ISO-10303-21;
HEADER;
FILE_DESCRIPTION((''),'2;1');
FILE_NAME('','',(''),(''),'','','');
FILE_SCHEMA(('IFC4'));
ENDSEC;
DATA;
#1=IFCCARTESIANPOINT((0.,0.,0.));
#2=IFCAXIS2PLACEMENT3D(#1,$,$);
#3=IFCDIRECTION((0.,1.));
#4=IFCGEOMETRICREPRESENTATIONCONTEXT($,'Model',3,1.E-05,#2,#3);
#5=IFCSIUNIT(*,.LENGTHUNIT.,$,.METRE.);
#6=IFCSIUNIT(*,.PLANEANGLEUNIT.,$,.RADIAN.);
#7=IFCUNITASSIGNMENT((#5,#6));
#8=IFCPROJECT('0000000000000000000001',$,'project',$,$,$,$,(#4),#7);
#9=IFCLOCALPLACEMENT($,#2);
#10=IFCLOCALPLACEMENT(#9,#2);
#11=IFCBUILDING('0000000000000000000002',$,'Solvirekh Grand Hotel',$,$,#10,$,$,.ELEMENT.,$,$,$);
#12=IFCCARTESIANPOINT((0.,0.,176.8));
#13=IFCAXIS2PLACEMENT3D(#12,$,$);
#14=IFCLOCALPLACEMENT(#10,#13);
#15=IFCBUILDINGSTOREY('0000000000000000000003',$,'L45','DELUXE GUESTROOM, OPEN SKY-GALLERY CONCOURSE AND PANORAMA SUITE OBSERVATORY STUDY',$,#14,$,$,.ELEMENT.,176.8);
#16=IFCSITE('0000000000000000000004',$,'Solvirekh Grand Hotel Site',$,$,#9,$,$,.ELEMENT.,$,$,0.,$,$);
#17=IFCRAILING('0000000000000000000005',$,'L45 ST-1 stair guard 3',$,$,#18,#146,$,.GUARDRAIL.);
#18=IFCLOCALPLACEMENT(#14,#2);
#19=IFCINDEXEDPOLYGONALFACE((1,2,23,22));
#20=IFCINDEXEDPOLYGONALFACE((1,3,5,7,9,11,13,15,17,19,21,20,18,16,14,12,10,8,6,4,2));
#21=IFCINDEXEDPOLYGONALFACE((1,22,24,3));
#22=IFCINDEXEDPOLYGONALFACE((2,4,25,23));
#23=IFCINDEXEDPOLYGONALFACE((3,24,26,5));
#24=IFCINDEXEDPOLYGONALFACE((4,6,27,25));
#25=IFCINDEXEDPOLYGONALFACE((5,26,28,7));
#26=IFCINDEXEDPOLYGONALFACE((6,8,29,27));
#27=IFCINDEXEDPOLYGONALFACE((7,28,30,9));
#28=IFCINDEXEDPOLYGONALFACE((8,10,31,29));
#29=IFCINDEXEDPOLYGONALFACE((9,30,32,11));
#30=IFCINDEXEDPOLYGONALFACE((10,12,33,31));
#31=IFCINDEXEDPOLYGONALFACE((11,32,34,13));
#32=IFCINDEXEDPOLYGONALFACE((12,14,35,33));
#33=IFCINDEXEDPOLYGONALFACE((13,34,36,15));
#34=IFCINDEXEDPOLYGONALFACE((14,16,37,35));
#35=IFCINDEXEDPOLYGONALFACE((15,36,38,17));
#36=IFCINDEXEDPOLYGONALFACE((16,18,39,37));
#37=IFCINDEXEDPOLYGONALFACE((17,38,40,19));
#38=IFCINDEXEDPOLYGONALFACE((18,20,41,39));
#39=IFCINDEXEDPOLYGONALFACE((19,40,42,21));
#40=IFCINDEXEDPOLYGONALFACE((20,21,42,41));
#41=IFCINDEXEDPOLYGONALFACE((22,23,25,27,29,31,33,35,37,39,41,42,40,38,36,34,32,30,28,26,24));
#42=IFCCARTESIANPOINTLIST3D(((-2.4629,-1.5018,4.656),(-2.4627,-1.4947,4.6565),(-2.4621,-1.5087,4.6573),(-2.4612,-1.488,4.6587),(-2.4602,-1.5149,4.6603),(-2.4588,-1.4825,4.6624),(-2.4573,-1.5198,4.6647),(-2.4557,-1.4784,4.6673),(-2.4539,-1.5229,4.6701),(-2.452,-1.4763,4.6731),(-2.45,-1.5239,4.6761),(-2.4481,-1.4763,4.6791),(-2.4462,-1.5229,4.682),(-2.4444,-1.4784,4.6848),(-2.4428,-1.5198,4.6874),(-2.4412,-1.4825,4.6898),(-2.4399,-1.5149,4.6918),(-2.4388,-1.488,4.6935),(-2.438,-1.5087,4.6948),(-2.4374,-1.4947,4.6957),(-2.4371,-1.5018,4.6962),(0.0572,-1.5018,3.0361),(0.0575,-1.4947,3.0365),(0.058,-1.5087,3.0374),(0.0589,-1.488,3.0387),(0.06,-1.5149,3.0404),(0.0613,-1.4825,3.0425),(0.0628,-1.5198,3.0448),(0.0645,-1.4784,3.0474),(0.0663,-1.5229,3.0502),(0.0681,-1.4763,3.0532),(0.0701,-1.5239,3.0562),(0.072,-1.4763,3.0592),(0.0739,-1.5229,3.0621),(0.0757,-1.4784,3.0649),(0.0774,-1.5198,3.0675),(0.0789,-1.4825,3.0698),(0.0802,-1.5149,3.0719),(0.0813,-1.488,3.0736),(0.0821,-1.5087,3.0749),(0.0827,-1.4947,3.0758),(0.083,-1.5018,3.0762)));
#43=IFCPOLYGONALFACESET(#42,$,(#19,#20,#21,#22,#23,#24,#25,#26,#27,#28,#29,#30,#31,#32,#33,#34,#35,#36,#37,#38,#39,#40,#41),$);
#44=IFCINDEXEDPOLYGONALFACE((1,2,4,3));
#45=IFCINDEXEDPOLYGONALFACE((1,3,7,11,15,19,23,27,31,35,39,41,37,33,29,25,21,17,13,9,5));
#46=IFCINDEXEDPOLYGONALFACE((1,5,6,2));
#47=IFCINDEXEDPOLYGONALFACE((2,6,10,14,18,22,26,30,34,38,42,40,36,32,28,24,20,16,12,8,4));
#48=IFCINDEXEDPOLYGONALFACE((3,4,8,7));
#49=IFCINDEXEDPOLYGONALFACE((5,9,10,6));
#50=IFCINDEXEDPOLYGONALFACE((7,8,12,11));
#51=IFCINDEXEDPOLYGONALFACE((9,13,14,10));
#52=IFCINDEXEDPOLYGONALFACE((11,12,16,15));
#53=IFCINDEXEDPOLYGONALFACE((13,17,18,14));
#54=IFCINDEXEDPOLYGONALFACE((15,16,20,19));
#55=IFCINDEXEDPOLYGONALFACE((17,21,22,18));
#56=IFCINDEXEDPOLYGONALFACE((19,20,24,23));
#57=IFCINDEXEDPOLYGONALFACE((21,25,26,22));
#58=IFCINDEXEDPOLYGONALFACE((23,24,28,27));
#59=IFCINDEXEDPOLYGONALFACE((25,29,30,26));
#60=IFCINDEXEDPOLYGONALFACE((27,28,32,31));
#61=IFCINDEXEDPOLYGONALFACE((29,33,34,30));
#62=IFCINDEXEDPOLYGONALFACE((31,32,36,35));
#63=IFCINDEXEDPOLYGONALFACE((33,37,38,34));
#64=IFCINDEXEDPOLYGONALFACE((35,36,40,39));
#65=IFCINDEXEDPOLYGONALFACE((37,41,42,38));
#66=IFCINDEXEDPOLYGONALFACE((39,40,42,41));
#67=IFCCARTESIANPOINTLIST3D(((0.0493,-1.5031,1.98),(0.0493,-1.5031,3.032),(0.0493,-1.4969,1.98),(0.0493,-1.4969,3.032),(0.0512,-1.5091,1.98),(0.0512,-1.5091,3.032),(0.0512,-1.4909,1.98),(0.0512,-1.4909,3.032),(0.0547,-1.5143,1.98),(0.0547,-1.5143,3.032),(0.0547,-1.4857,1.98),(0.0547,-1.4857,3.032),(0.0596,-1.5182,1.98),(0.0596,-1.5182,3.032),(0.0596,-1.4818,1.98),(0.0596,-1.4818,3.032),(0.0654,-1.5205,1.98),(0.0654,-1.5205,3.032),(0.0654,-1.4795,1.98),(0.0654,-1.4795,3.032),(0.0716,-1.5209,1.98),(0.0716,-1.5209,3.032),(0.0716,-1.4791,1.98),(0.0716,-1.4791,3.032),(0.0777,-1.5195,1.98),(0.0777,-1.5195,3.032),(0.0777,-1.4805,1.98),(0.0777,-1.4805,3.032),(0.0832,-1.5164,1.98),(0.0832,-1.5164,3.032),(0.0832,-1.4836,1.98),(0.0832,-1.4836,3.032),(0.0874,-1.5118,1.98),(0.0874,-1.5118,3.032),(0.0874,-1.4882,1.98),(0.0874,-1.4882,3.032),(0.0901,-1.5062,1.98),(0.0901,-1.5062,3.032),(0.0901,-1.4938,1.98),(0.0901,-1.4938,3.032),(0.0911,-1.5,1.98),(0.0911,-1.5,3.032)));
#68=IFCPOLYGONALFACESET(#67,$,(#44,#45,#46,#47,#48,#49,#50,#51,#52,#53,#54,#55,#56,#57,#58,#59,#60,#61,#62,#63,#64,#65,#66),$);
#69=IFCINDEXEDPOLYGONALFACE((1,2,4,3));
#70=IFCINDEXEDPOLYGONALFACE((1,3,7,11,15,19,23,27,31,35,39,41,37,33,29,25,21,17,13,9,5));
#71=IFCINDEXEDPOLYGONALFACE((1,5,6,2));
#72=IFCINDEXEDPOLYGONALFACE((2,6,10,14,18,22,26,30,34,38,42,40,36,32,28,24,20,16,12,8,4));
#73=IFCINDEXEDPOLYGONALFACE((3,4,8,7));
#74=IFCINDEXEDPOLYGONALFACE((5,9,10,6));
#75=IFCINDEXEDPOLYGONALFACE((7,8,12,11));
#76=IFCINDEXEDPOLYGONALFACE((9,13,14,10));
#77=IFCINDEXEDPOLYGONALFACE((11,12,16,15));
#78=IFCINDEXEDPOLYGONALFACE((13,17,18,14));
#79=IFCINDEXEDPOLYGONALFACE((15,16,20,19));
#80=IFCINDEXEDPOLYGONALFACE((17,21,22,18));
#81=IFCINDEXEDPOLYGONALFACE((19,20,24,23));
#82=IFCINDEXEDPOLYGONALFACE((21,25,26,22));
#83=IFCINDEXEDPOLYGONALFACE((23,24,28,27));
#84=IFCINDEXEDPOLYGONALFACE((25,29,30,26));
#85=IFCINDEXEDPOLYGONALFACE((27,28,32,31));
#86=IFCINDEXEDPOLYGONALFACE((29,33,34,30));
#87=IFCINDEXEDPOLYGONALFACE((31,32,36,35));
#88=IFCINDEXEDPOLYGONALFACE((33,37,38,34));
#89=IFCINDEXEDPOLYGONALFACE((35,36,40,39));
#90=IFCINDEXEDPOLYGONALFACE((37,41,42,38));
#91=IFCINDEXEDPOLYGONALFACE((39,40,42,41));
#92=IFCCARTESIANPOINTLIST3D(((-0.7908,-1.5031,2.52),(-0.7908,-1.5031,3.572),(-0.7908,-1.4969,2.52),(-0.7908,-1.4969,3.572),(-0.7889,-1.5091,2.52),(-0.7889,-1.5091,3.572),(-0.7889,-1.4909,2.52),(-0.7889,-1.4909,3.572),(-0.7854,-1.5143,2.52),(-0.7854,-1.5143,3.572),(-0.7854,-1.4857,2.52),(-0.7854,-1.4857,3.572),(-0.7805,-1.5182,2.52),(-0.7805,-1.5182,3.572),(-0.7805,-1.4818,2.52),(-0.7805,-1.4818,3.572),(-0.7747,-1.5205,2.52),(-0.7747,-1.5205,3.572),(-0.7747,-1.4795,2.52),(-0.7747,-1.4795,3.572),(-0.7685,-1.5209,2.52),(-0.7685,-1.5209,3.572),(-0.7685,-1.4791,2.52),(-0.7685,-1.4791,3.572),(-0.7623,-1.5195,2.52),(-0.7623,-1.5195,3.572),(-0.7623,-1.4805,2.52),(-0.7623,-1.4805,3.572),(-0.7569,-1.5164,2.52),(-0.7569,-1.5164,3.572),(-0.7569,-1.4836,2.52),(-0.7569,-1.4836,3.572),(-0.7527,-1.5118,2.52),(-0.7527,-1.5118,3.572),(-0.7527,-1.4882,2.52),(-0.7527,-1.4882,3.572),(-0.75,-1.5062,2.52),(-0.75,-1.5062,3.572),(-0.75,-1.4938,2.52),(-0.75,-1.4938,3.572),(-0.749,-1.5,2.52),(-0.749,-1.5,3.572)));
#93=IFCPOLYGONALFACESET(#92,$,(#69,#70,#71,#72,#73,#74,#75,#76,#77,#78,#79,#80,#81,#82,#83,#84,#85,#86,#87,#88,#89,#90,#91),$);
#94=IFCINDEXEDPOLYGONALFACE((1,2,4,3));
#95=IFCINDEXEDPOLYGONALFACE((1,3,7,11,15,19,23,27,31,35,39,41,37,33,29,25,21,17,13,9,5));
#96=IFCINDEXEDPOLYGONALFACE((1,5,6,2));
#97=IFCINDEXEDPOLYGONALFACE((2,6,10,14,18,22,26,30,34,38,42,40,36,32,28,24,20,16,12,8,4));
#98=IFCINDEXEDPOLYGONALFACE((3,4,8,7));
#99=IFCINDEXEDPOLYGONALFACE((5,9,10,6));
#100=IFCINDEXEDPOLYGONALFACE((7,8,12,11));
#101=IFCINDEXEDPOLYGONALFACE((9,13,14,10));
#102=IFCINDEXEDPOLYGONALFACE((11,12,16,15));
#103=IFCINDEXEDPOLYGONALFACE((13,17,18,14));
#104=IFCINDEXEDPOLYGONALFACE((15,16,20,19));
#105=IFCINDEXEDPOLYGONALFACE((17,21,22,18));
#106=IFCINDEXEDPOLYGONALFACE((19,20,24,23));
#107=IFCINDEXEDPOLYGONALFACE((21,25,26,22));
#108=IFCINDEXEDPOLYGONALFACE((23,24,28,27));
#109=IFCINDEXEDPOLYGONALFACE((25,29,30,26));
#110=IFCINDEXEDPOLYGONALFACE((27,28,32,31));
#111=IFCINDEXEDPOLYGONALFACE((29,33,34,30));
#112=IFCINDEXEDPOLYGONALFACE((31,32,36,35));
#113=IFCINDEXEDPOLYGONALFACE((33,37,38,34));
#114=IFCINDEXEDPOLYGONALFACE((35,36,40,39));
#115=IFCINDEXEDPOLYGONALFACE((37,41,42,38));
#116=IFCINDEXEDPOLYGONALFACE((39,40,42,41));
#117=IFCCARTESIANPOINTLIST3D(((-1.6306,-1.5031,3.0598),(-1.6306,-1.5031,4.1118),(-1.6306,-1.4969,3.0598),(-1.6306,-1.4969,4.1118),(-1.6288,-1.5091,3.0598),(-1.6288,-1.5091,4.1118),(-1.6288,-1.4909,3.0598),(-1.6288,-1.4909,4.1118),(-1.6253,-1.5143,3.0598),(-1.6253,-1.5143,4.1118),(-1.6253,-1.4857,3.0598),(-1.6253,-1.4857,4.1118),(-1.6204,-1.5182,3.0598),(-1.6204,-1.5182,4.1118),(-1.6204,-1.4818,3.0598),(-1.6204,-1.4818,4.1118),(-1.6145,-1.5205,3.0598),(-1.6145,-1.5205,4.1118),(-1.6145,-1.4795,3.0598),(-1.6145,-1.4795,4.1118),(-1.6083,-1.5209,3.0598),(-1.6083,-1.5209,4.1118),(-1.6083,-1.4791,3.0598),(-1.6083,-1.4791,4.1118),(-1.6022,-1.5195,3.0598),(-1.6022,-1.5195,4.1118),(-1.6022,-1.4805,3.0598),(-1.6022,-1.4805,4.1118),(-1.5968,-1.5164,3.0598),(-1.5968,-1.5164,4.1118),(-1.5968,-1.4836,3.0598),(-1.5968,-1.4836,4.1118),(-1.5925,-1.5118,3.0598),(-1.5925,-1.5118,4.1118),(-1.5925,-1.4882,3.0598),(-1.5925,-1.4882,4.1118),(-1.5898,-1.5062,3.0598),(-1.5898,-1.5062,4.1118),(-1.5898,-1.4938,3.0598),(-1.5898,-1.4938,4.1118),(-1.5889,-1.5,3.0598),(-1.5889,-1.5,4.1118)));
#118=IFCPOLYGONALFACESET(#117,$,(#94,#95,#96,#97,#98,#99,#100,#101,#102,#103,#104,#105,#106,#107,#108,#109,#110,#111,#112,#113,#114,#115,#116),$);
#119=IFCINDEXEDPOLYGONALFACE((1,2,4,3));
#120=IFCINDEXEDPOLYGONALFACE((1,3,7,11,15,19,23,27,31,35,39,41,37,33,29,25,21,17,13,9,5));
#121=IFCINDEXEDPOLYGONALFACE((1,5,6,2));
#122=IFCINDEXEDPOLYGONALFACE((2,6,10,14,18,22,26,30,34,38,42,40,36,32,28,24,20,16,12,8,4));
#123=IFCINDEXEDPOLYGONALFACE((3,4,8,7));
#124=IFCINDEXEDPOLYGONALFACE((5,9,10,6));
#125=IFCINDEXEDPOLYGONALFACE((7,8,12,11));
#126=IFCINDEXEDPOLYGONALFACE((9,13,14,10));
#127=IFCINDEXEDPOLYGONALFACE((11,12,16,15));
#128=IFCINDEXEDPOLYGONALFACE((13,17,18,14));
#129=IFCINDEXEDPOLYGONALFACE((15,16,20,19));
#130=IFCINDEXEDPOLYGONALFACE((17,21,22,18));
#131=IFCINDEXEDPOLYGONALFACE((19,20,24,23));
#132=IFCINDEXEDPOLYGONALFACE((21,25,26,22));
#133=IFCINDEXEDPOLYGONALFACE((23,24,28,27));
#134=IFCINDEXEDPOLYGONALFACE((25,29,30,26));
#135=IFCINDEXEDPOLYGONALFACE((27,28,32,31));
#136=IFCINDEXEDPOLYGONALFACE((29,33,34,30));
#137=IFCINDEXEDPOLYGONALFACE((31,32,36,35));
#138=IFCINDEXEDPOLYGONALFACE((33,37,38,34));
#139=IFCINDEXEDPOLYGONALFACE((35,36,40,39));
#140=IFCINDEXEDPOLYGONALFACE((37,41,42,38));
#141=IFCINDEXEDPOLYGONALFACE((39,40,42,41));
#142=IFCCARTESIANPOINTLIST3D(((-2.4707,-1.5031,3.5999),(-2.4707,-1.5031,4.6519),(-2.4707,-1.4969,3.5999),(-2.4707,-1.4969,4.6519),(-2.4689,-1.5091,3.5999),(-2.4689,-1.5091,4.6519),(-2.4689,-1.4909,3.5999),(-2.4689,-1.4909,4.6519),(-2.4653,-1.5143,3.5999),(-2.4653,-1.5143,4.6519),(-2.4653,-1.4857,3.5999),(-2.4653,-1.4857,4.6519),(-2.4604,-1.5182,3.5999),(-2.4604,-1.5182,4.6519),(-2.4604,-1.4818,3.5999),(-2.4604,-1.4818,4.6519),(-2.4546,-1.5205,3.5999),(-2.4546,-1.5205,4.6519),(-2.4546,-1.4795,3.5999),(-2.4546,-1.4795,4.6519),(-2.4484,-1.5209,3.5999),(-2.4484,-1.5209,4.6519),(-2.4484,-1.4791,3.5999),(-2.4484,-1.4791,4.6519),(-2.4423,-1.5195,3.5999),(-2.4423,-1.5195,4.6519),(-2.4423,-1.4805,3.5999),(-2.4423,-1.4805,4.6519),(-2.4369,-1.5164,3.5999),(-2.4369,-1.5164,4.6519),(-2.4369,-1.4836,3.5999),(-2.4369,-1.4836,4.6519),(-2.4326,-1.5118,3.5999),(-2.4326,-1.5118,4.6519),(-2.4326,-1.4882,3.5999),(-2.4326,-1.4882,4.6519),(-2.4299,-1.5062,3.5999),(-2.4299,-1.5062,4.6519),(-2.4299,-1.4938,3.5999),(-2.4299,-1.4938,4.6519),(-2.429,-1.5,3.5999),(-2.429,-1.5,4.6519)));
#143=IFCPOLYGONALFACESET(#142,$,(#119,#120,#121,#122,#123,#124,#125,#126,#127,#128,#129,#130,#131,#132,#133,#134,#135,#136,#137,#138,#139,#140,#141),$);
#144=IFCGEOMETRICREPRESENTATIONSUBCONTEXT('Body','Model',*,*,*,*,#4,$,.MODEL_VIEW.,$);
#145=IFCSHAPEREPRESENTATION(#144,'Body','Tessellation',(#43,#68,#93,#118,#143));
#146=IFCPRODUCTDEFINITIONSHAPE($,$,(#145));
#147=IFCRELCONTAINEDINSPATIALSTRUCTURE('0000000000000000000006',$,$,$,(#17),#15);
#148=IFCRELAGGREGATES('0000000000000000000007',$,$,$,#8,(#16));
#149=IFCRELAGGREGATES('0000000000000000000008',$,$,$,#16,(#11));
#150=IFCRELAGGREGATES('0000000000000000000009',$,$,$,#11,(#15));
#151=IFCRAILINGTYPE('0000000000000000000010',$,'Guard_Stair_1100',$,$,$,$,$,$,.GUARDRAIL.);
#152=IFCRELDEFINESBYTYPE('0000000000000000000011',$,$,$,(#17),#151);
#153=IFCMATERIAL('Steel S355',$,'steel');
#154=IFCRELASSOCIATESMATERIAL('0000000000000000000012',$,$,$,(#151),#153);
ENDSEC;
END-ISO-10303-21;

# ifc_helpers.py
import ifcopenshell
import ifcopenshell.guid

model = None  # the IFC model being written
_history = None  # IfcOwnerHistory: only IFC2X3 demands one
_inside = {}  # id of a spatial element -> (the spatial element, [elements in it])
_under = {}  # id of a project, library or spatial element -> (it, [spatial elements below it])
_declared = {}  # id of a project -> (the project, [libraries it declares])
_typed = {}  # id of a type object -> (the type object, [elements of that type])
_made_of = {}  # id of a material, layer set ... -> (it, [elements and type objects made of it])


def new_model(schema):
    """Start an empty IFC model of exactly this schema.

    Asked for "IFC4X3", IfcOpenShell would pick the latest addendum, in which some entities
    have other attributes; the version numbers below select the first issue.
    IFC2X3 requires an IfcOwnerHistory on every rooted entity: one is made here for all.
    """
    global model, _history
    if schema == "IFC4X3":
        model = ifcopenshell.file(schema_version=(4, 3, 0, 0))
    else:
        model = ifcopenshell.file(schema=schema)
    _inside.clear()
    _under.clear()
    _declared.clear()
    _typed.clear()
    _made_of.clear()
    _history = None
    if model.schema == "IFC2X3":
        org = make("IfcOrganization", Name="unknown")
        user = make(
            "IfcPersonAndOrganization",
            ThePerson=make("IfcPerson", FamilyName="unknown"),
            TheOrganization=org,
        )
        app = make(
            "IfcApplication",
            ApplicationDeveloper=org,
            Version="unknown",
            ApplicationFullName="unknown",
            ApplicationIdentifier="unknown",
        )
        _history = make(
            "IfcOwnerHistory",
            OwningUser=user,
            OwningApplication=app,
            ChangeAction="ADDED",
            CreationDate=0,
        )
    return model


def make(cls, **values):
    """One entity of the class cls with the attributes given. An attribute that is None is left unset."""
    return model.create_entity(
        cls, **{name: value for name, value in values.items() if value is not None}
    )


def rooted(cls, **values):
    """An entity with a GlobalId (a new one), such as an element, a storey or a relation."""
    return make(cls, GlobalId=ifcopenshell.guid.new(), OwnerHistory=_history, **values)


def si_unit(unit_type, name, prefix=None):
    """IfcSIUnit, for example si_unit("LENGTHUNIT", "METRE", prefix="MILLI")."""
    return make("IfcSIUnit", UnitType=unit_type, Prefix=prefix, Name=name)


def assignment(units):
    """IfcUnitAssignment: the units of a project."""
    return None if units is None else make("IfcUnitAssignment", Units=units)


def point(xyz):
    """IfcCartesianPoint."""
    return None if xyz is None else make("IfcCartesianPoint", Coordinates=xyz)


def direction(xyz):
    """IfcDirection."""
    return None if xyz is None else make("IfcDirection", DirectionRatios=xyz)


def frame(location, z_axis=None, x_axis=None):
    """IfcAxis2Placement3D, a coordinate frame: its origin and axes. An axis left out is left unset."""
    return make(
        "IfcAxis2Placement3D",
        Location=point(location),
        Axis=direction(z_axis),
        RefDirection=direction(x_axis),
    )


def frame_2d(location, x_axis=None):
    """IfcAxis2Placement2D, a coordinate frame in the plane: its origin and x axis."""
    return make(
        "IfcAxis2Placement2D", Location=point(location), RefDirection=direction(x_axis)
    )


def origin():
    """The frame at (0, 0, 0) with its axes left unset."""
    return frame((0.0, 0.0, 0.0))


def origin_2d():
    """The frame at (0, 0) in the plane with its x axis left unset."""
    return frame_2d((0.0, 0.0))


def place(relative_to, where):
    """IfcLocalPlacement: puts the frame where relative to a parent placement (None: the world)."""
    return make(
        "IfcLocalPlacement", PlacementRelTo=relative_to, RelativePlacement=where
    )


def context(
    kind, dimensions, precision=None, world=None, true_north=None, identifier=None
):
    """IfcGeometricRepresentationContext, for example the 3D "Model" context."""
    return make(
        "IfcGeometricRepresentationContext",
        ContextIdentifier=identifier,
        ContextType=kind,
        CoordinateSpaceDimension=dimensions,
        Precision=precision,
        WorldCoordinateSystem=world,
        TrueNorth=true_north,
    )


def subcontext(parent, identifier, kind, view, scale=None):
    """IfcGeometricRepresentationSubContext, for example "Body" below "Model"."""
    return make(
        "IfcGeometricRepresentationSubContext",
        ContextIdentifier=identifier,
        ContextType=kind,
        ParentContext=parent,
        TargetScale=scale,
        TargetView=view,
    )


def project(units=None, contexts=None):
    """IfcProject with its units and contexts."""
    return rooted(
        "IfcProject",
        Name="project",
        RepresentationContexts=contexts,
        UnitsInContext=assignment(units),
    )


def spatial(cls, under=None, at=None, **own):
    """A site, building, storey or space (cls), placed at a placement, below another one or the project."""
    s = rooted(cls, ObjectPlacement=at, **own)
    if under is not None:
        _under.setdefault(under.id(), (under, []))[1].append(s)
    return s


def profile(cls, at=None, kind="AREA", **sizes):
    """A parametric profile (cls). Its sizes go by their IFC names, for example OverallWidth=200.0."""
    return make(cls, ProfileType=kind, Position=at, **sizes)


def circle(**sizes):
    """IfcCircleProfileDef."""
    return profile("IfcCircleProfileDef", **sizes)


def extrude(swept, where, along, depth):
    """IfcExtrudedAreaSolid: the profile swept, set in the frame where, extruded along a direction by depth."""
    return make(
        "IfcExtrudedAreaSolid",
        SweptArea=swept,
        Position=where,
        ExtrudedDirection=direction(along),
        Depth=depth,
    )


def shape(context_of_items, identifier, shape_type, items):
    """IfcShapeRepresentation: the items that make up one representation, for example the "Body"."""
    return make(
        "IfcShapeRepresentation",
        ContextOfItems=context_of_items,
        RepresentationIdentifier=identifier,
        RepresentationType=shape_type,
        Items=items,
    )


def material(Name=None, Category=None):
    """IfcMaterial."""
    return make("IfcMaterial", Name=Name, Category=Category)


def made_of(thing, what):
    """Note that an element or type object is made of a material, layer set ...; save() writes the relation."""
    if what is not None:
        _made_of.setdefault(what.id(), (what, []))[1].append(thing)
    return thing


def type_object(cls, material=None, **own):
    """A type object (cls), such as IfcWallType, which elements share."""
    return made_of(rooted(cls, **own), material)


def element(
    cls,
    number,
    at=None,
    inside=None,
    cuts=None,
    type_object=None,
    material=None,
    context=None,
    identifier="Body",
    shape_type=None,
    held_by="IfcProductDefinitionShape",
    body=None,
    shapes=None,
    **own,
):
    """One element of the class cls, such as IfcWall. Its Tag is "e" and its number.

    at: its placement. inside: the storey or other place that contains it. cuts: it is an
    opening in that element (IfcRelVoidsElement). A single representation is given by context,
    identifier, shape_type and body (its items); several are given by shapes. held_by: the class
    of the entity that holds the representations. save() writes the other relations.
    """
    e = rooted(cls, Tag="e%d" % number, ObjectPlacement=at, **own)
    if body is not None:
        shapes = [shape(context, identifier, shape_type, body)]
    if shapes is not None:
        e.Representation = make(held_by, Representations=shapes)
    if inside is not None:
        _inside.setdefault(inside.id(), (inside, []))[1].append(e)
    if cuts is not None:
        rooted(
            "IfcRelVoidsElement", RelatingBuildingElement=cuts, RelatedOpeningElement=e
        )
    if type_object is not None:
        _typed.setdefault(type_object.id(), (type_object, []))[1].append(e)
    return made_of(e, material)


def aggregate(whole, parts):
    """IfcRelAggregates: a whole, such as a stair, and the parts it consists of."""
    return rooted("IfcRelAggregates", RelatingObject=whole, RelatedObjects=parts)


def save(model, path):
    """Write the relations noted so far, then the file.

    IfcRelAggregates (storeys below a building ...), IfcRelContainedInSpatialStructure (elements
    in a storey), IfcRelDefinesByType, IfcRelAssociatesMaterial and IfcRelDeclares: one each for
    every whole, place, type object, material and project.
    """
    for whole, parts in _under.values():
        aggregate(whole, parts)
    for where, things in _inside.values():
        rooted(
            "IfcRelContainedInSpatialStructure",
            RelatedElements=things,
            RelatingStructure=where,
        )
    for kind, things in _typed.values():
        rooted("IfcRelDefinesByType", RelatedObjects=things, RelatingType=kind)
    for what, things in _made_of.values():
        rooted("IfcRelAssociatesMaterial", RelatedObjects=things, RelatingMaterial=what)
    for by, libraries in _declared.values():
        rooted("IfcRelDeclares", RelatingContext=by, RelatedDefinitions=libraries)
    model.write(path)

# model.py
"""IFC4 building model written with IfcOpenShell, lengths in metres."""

from ifc_helpers import new_model, si_unit, direction, frame, origin, origin_2d, place, context, subcontext, project, spatial, circle, extrude, material, type_object, element, save


model = new_model("IFC4")

# Units and contexts
model_context = context("Model", 3, precision=1e-05, world=origin(), true_north=direction((0.0, 1.0)))
body_context = subcontext(model_context, "Body", "Model", "MODEL_VIEW")
ifc_project = project(units=[si_unit("LENGTHUNIT", "METRE"), si_unit("PLANEANGLEUNIT", "RADIAN")], contexts=[model_context])

# Site, building, storey
site_placement = place(None, origin())
site = spatial("IfcSite", under=ifc_project, at=site_placement, Name="Solvirekh Grand Hotel Site", CompositionType="ELEMENT", RefElevation=0.0)
building_placement = place(site_placement, origin())
building = spatial("IfcBuilding", under=site, at=building_placement, Name="Solvirekh Grand Hotel", CompositionType="ELEMENT")
storey_placement = place(building_placement, frame((0.0, 0.0, 176.8)))
storey = spatial("IfcBuildingStorey", under=building, at=storey_placement, Name="L45", Description="DELUXE GUESTROOM, OPEN SKY-GALLERY CONCOURSE AND PANORAMA SUITE OBSERVATORY STUDY", CompositionType="ELEMENT", Elevation=176.8)

# Railing
ifc_material_1 = material(Name="Steel S355", Category="steel")
railing_type_1 = type_object("IfcRailingType", Name="Guard_Stair_1100", PredefinedType="GUARDRAIL", material=ifc_material_1)
railing_1_placement = place(storey_placement, frame((0.0701, -1.5, 1.98)))
element("IfcRailing", 1, at=railing_1_placement, inside=storey, type_object=railing_type_1, Name="L45 ST-1 stair guard 3", PredefinedType="GUARDRAIL", context=body_context, shape_type="SweptSolid", body=[
    extrude(circle(Radius=0.0239, at=origin_2d()), frame((0.0, 0.0, 1.0762), z_axis=(-0.8412, 0.0, 0.540725), x_axis=(0.0, -1.0, 0.0)), (0.0, 0.0, 1.0), 2.9958),
    extrude(circle(Radius=0.021, at=origin_2d()), origin(), (0.0, 0.0, 1.0), 1.052),
    extrude(circle(Radius=0.021, at=origin_2d()), frame((-0.8401, 0.0, 0.54)), (0.0, 0.0, 1.0), 1.052),
    extrude(circle(Radius=0.021, at=origin_2d()), frame((-1.6799, 0.0, 1.0798)), (0.0, 0.0, 1.0), 1.052),
    extrude(circle(Radius=0.021, at=origin_2d()), frame((-2.52, 0.0, 1.6199)), (0.0, 0.0, 1.0), 1.052),
])

save(model, "model.ifc")
